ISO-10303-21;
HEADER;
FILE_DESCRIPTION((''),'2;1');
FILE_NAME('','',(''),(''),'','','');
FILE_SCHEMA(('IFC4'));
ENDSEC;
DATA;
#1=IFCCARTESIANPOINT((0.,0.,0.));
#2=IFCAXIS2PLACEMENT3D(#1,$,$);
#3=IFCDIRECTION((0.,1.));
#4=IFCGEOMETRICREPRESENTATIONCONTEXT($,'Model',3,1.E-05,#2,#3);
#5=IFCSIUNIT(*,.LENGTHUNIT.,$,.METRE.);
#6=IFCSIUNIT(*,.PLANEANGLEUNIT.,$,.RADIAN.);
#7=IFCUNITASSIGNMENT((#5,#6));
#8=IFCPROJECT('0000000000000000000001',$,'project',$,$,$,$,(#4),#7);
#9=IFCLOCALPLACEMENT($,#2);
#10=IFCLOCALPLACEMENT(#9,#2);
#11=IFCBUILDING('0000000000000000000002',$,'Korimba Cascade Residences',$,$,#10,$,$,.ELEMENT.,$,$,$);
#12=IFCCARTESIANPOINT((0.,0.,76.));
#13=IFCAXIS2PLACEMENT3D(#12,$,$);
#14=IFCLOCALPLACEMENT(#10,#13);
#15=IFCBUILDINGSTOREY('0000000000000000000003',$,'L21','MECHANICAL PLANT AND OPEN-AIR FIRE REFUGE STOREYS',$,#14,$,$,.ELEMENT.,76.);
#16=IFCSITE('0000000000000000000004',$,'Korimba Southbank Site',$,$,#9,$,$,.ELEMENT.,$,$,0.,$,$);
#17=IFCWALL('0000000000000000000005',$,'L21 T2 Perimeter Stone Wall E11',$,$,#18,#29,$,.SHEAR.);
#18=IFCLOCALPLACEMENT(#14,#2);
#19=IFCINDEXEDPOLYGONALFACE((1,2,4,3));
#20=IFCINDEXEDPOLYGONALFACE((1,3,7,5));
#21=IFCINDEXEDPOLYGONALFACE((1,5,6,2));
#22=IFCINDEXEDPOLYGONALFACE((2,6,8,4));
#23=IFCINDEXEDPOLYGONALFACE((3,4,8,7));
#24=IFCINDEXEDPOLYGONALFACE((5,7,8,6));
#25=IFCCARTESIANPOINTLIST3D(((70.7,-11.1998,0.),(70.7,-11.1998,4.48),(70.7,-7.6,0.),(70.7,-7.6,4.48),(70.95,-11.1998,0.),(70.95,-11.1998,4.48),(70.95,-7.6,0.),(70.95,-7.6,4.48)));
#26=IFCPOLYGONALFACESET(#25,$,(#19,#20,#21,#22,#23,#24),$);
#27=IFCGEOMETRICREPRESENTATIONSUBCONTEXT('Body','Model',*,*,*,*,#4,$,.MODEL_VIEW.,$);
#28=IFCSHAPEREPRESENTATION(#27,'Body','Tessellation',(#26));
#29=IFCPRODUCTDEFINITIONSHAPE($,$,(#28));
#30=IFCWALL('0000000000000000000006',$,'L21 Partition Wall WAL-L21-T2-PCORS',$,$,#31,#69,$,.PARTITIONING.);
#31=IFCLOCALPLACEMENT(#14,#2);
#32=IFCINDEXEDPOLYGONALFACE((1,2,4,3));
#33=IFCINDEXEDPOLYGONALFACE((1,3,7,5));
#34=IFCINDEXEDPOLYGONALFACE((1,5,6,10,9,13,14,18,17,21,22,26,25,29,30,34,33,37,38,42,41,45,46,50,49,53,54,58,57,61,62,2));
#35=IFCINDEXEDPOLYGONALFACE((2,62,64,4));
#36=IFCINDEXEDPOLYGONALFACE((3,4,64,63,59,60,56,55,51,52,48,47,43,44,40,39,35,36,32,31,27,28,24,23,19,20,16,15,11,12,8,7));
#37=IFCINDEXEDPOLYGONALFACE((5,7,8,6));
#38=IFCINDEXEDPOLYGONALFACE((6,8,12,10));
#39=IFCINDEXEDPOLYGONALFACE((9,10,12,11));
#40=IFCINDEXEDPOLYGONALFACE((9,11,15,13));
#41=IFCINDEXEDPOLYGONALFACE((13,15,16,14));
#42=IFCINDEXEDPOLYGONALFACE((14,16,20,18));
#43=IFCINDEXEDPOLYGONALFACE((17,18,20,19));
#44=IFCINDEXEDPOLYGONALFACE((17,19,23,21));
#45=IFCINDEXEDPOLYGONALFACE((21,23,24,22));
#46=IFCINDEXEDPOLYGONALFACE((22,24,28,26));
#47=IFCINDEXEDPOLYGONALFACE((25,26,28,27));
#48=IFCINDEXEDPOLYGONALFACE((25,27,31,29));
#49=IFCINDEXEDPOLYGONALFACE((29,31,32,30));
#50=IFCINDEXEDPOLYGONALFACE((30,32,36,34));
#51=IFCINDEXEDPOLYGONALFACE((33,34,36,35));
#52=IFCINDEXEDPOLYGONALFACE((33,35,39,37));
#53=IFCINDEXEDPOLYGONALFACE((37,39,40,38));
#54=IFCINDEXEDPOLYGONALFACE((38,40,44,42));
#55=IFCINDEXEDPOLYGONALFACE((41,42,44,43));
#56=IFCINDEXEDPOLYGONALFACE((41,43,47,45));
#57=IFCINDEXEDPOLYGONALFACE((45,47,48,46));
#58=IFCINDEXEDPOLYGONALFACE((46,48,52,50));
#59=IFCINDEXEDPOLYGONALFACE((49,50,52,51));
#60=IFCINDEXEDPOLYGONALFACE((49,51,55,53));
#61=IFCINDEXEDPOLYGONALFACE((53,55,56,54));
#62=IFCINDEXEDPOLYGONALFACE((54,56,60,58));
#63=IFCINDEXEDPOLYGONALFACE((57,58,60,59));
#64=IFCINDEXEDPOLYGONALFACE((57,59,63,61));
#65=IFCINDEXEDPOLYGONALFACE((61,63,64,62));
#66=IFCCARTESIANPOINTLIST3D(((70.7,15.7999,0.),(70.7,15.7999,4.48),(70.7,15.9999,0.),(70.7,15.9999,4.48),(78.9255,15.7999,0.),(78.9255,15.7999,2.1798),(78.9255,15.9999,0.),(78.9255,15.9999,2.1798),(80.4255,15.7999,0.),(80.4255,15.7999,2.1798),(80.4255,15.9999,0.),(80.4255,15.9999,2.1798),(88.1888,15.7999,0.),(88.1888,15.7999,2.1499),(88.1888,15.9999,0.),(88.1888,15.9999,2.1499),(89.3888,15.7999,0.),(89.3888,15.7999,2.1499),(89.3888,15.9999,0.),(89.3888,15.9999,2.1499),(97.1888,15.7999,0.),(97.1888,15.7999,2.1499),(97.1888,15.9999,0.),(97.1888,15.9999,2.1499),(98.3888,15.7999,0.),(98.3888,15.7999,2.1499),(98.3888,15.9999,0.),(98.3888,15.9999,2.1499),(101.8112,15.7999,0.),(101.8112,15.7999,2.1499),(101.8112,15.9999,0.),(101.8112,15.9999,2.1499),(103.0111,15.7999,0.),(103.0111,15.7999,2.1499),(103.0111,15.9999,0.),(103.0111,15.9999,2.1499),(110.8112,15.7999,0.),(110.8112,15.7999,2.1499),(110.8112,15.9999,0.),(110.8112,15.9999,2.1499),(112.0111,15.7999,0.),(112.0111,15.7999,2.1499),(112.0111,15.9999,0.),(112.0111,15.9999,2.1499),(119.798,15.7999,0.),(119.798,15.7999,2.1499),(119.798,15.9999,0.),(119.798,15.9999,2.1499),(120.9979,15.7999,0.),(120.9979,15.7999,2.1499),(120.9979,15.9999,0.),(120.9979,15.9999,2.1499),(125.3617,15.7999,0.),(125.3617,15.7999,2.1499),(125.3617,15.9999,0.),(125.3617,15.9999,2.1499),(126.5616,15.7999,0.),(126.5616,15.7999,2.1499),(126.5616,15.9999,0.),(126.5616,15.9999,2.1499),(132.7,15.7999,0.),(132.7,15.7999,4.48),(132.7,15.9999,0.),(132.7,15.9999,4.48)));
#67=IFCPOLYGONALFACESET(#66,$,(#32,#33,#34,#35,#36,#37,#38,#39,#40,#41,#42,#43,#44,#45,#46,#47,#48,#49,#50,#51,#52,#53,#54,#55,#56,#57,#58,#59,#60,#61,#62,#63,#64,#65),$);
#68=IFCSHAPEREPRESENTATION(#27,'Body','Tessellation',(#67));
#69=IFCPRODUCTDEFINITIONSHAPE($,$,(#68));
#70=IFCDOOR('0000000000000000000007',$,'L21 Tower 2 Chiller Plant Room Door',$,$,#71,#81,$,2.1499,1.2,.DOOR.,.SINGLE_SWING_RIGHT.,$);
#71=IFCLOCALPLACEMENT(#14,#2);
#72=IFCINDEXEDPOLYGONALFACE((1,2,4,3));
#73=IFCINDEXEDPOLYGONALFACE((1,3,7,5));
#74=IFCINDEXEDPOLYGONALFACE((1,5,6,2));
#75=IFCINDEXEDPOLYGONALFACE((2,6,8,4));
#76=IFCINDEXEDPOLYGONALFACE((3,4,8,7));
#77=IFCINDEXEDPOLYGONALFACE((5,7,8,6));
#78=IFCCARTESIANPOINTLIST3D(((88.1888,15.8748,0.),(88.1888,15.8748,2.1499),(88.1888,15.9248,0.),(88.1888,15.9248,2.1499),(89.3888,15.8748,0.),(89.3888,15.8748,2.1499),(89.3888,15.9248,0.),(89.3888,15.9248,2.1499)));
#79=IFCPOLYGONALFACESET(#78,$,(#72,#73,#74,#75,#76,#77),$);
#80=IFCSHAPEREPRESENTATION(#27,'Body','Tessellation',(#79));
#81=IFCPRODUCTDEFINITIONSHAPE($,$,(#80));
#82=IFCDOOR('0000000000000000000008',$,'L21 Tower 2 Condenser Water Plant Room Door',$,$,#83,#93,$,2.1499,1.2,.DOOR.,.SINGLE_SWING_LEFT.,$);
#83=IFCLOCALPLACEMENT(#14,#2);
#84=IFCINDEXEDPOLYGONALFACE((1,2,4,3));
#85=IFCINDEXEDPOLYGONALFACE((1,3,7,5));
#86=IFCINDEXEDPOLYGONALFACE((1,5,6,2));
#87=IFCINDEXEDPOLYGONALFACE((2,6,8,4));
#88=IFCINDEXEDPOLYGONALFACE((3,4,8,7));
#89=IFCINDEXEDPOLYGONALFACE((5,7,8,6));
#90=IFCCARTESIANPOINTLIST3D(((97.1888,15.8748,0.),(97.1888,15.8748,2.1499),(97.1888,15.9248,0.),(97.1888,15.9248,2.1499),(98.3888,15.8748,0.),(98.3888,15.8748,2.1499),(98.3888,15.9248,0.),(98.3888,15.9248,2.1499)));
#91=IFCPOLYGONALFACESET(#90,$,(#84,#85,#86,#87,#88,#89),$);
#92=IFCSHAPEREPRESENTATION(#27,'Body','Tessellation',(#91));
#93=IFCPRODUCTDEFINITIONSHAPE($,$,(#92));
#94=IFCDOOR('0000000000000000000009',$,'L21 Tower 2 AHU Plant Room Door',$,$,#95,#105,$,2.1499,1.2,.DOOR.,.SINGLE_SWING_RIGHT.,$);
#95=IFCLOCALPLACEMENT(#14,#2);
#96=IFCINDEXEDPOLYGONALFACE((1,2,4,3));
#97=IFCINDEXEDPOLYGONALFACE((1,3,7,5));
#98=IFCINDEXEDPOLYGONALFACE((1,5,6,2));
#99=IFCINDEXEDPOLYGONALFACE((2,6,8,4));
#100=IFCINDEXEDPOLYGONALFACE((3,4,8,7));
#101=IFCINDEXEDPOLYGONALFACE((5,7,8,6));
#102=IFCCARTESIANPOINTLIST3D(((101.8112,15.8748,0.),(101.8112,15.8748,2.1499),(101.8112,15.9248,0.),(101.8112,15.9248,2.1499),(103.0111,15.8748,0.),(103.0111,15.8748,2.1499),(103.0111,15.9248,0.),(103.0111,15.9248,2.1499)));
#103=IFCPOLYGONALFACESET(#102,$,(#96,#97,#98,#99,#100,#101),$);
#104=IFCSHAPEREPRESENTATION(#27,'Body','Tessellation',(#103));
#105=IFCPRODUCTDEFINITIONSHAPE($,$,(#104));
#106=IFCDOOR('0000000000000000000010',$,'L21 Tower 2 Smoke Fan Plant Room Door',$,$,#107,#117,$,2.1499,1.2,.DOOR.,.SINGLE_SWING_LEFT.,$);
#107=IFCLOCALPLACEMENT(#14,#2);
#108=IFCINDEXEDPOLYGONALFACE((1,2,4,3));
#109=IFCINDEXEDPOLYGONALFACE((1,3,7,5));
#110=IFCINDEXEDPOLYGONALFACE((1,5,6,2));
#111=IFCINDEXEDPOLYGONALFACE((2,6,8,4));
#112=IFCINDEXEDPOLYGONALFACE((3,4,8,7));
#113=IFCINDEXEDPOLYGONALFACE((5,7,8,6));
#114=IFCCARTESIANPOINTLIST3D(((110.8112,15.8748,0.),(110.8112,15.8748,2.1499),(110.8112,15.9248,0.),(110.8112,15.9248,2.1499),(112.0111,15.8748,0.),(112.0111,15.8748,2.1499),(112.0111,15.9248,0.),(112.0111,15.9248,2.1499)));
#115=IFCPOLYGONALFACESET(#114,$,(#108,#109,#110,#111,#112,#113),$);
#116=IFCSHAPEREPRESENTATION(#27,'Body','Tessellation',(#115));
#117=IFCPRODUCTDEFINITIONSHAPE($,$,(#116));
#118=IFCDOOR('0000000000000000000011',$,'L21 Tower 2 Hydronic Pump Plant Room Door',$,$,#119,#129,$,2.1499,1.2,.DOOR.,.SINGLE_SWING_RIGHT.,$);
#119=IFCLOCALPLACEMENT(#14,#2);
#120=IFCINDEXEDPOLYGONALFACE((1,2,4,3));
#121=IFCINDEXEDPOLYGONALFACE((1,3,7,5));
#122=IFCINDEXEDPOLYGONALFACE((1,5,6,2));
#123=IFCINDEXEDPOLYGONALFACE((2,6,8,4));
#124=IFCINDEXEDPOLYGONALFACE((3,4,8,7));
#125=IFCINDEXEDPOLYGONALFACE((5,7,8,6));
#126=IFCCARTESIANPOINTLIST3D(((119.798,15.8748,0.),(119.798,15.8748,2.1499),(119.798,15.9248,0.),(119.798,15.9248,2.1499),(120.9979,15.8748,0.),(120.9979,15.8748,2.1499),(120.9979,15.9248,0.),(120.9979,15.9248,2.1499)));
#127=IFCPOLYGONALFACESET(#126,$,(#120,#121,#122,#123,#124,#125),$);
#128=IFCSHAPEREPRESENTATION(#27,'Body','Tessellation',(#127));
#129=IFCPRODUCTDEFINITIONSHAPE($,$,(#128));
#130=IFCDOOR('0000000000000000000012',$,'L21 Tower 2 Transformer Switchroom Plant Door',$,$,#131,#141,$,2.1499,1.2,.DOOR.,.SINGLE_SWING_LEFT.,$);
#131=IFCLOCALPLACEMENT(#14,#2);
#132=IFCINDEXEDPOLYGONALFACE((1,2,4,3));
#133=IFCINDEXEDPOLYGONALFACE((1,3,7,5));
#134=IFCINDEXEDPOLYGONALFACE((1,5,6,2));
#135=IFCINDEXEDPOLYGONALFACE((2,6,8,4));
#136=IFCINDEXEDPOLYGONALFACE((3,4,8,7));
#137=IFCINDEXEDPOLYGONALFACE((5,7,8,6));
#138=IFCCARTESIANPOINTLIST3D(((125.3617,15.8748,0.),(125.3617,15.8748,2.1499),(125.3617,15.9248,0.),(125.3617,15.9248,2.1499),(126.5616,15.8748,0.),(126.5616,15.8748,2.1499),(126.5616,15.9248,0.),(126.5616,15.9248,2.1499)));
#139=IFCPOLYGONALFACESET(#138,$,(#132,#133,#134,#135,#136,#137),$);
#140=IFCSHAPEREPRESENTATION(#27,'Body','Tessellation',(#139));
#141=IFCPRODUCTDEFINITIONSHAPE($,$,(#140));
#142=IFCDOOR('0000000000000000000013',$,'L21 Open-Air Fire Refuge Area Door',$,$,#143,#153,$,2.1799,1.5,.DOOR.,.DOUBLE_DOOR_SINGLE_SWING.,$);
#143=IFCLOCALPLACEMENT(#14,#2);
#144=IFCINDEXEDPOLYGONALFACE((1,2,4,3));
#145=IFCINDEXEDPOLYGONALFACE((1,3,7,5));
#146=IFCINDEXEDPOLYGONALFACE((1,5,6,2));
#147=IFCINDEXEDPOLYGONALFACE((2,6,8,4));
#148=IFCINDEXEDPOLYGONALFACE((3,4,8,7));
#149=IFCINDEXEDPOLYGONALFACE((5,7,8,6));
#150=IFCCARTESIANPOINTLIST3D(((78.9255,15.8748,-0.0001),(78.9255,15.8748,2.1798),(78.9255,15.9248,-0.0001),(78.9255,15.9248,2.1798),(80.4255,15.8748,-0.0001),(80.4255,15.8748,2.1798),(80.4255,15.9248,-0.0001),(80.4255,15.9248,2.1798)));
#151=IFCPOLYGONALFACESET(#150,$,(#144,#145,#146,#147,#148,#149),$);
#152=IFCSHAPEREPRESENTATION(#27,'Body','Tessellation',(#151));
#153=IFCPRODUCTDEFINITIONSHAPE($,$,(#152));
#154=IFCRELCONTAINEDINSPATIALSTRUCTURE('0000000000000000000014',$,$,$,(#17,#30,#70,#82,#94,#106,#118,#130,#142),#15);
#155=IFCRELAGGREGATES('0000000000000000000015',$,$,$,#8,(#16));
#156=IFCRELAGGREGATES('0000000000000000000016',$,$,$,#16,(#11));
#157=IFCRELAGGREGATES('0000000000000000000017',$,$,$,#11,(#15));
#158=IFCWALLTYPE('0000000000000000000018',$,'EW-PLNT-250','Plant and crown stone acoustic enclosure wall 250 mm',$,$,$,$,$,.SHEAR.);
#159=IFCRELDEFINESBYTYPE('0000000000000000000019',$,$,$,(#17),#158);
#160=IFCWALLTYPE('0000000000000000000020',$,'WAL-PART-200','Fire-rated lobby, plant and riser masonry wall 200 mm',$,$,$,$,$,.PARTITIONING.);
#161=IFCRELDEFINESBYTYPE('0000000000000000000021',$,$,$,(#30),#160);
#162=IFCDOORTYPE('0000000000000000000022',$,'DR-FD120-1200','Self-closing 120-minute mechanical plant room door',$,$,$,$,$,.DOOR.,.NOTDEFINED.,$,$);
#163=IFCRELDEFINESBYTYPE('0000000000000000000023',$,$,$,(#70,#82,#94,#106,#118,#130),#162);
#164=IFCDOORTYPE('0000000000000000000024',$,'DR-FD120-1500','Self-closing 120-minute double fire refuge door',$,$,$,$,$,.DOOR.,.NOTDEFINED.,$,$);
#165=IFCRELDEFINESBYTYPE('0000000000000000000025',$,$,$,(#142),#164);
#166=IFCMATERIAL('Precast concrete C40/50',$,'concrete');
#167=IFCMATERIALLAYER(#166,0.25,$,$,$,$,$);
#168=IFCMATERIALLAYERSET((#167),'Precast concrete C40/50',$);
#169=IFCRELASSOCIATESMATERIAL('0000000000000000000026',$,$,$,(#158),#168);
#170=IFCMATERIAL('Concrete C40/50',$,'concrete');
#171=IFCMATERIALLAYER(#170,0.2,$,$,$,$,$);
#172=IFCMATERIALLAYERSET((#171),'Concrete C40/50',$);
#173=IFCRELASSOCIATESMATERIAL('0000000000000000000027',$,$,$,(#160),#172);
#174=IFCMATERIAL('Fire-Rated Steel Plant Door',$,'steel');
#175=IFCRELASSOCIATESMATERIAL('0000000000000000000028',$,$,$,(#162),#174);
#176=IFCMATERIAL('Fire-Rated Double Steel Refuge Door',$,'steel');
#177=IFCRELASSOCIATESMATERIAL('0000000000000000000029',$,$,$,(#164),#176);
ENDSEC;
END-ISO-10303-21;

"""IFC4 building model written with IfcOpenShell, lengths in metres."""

from ifc_helpers import new_model, si_unit, direction, frame, frame_2d, origin, place, context, subcontext, project, spatial, rectangle, extrude, material, layer, layer_set, type_object, element, fill, save


model = new_model("IFC4")

# Units and contexts
model_context = context("Model", 3, precision=1e-05, world=origin(), true_north=direction((0.0, 1.0)))
body_context = subcontext(model_context, "Body", "Model", "MODEL_VIEW")
ifc_project = project(units=[si_unit("LENGTHUNIT", "METRE"), si_unit("PLANEANGLEUNIT", "RADIAN")], contexts=[model_context])

# Site, building, storey
site_placement = place(None, origin())
site = spatial("IfcSite", under=ifc_project, at=site_placement, Name="Korimba Southbank Site", CompositionType="ELEMENT", RefElevation=0.0)
building_placement = place(site_placement, origin())
building = spatial("IfcBuilding", under=site, at=building_placement, Name="Korimba Cascade Residences", CompositionType="ELEMENT")
storey_placement = place(building_placement, frame((0.0, 0.0, 76.0)))
storey = spatial("IfcBuildingStorey", under=building, at=storey_placement, Name="L21", Description="MECHANICAL PLANT AND OPEN-AIR FIRE REFUGE STOREYS", CompositionType="ELEMENT", Elevation=76.0)

# Wall
ifc_material_1 = material(Name="Precast concrete C40/50", Category="concrete")
ifc_layer_1 = layer(ifc_material_1, 0.25)
ifc_layer_set_1 = layer_set([ifc_layer_1], Name="Precast concrete C40/50")
wall_type_1 = type_object("IfcWallType", Name="EW-PLNT-250", Description="Plant and crown stone acoustic enclosure wall 250 mm", PredefinedType="SHEAR", material=ifc_layer_set_1)
for number, where, z_axis, x_axis, name in (
    (1, (70.825, -7.6001, 0.0), (0.0, 0.0, 1.0), (0.0, -1.0, 0.0), "L21 T2 Perimeter Stone Wall E11"),
):
    element("IfcWall", number, at=place(storey_placement, frame(where, z_axis=z_axis, x_axis=x_axis)), inside=storey, type_object=wall_type_1, Name=name, PredefinedType="SHEAR", context=body_context, shape_type="SweptSolid", body=[
        extrude(rectangle(XDim=3.5999, YDim=0.25, at=frame_2d((1.7998, 0.0))), origin(), (0.0, 0.0, 1.0), 4.48),
    ])

# Wall, openings, doors
ifc_material_2 = material(Name="Concrete C40/50", Category="concrete")
ifc_layer_2 = layer(ifc_material_2, 0.2)
ifc_layer_set_2 = layer_set([ifc_layer_2], Name="Concrete C40/50")
wall_type_2 = type_object("IfcWallType", Name="WAL-PART-200", Description="Fire-rated lobby, plant and riser masonry wall 200 mm", PredefinedType="PARTITIONING", material=ifc_layer_set_2)
wall_1_placement = place(storey_placement, frame((70.7, 15.8999, 0.0), z_axis=(0.0, 0.0, 1.0), x_axis=(1.0, 0.0, 0.0)))
wall_1 = element("IfcWall", 2, at=wall_1_placement, inside=storey, type_object=wall_type_2, Name="L21 Partition Wall WAL-L21-T2-PCORS", PredefinedType="PARTITIONING", context=body_context, shape_type="SweptSolid", body=[
    extrude(rectangle(XDim=62.0, YDim=0.2, at=frame_2d((31.0, 0.0))), origin(), (0.0, 0.0, 1.0), 4.48),
])
opening_1_placement = place(wall_1_placement, frame((8.2256, 0.0, 0.0)))
opening_1 = element("IfcOpeningElement", 3, at=opening_1_placement, cuts=wall_1, PredefinedType="OPENING", context=body_context, shape_type="SweptSolid", body=[
    extrude(rectangle(XDim=1.5, YDim=2.1799, at=frame_2d((0.75, 1.0898))), frame((0.0, 0.1099, 0.0), z_axis=(0.0, -1.0, 0.0), x_axis=(1.0, 0.0, 0.0)), (0.0, 0.0, 1.0), 0.22),
])
opening_2_placement = place(wall_1_placement, frame((17.4888, 0.0, 0.0)))
opening_2 = element("IfcOpeningElement", 4, at=opening_2_placement, cuts=wall_1, PredefinedType="OPENING", context=body_context, shape_type="SweptSolid", body=[
    extrude(rectangle(XDim=1.2, YDim=2.1499, at=frame_2d((0.6001, 1.075))), frame((0.0, 0.1099, 0.0), z_axis=(0.0, -1.0, 0.0), x_axis=(1.0, 0.0, 0.0)), (0.0, 0.0, 1.0), 0.22),
])
opening_3_placement = place(wall_1_placement, frame((26.4888, 0.0, 0.0)))
opening_3 = element("IfcOpeningElement", 5, at=opening_3_placement, cuts=wall_1, PredefinedType="OPENING", context=body_context, shape_type="SweptSolid", body=[
    extrude(rectangle(XDim=1.2, YDim=2.1499, at=frame_2d((0.6001, 1.075))), frame((0.0, 0.1099, 0.0), z_axis=(0.0, -1.0, 0.0), x_axis=(1.0, 0.0, 0.0)), (0.0, 0.0, 1.0), 0.22),
])
opening_4_placement = place(wall_1_placement, frame((31.1111, 0.0, 0.0)))
opening_4 = element("IfcOpeningElement", 6, at=opening_4_placement, cuts=wall_1, PredefinedType="OPENING", context=body_context, shape_type="SweptSolid", body=[
    extrude(rectangle(XDim=1.2, YDim=2.1499, at=frame_2d((0.6001, 1.075))), frame((0.0, 0.1099, 0.0), z_axis=(0.0, -1.0, 0.0), x_axis=(1.0, 0.0, 0.0)), (0.0, 0.0, 1.0), 0.22),
])
opening_5_placement = place(wall_1_placement, frame((40.1111, 0.0, 0.0)))
opening_5 = element("IfcOpeningElement", 7, at=opening_5_placement, cuts=wall_1, PredefinedType="OPENING", context=body_context, shape_type="SweptSolid", body=[
    extrude(rectangle(XDim=1.2, YDim=2.1499, at=frame_2d((0.6001, 1.075))), frame((0.0, 0.1099, 0.0), z_axis=(0.0, -1.0, 0.0), x_axis=(1.0, 0.0, 0.0)), (0.0, 0.0, 1.0), 0.22),
])
opening_6_placement = place(wall_1_placement, frame((49.0979, 0.0, 0.0)))
opening_6 = element("IfcOpeningElement", 8, at=opening_6_placement, cuts=wall_1, PredefinedType="OPENING", context=body_context, shape_type="SweptSolid", body=[
    extrude(rectangle(XDim=1.2, YDim=2.1499, at=frame_2d((0.6001, 1.075))), frame((0.0, 0.1099, 0.0), z_axis=(0.0, -1.0, 0.0), x_axis=(1.0, 0.0, 0.0)), (0.0, 0.0, 1.0), 0.22),
])
opening_7_placement = place(wall_1_placement, frame((54.6616, 0.0, 0.0)))
opening_7 = element("IfcOpeningElement", 9, at=opening_7_placement, cuts=wall_1, PredefinedType="OPENING", context=body_context, shape_type="SweptSolid", body=[
    extrude(rectangle(XDim=1.2, YDim=2.1499, at=frame_2d((0.6001, 1.075))), frame((0.0, 0.1099, 0.0), z_axis=(0.0, -1.0, 0.0), x_axis=(1.0, 0.0, 0.0)), (0.0, 0.0, 1.0), 0.22),
])
ifc_material_3 = material(Name="Fire-Rated Steel Plant Door", Category="steel")
door_type_1 = type_object("IfcDoorType", Name="DR-FD120-1200", Description="Self-closing 120-minute mechanical plant room door", OperationType="NOTDEFINED", PredefinedType="DOOR", material=ifc_material_3)
door_1_placement = place(opening_2_placement, origin())
door_1 = element("IfcDoor", 10, at=door_1_placement, inside=storey, type_object=door_type_1, Name="L21 Tower 2 Chiller Plant Room Door", OperationType="SINGLE_SWING_RIGHT", OverallHeight=2.1499, OverallWidth=1.2, PredefinedType="DOOR", context=body_context, shape_type="SweptSolid", body=[
    extrude(rectangle(XDim=1.2, YDim=2.1499, at=frame_2d((0.6001, 1.075))), frame((0.0, 0.0249, 0.0), z_axis=(0.0, -1.0, 0.0), x_axis=(1.0, 0.0, 0.0)), (0.0, 0.0, 1.0), 0.05),
])
fill(opening_2, door_1)
door_2_placement = place(opening_3_placement, origin())
door_2 = element("IfcDoor", 11, at=door_2_placement, inside=storey, type_object=door_type_1, Name="L21 Tower 2 Condenser Water Plant Room Door", OperationType="SINGLE_SWING_LEFT", OverallHeight=2.1499, OverallWidth=1.2, PredefinedType="DOOR", context=body_context, shape_type="SweptSolid", body=[
    extrude(rectangle(XDim=1.2, YDim=2.1499, at=frame_2d((0.6001, 1.075))), frame((0.0, 0.0249, 0.0), z_axis=(0.0, -1.0, 0.0), x_axis=(1.0, 0.0, 0.0)), (0.0, 0.0, 1.0), 0.05),
])
fill(opening_3, door_2)
door_3_placement = place(opening_4_placement, origin())
door_3 = element("IfcDoor", 12, at=door_3_placement, inside=storey, type_object=door_type_1, Name="L21 Tower 2 AHU Plant Room Door", OperationType="SINGLE_SWING_RIGHT", OverallHeight=2.1499, OverallWidth=1.2, PredefinedType="DOOR", context=body_context, shape_type="SweptSolid", body=[
    extrude(rectangle(XDim=1.2, YDim=2.1499, at=frame_2d((0.6001, 1.075))), frame((0.0, 0.0249, 0.0), z_axis=(0.0, -1.0, 0.0), x_axis=(1.0, 0.0, 0.0)), (0.0, 0.0, 1.0), 0.05),
])
fill(opening_4, door_3)
door_4_placement = place(opening_5_placement, origin())
door_4 = element("IfcDoor", 13, at=door_4_placement, inside=storey, type_object=door_type_1, Name="L21 Tower 2 Smoke Fan Plant Room Door", OperationType="SINGLE_SWING_LEFT", OverallHeight=2.1499, OverallWidth=1.2, PredefinedType="DOOR", context=body_context, shape_type="SweptSolid", body=[
    extrude(rectangle(XDim=1.2, YDim=2.1499, at=frame_2d((0.6001, 1.075))), frame((0.0, 0.0249, 0.0), z_axis=(0.0, -1.0, 0.0), x_axis=(1.0, 0.0, 0.0)), (0.0, 0.0, 1.0), 0.05),
])
fill(opening_5, door_4)
door_5_placement = place(opening_6_placement, origin())
door_5 = element("IfcDoor", 14, at=door_5_placement, inside=storey, type_object=door_type_1, Name="L21 Tower 2 Hydronic Pump Plant Room Door", OperationType="SINGLE_SWING_RIGHT", OverallHeight=2.1499, OverallWidth=1.2, PredefinedType="DOOR", context=body_context, shape_type="SweptSolid", body=[
    extrude(rectangle(XDim=1.2, YDim=2.1499, at=frame_2d((0.6001, 1.075))), frame((0.0, 0.0249, 0.0), z_axis=(0.0, -1.0, 0.0), x_axis=(1.0, 0.0, 0.0)), (0.0, 0.0, 1.0), 0.05),
])
fill(opening_6, door_5)
door_6_placement = place(opening_7_placement, origin())
door_6 = element("IfcDoor", 15, at=door_6_placement, inside=storey, type_object=door_type_1, Name="L21 Tower 2 Transformer Switchroom Plant Door", OperationType="SINGLE_SWING_LEFT", OverallHeight=2.1499, OverallWidth=1.2, PredefinedType="DOOR", context=body_context, shape_type="SweptSolid", body=[
    extrude(rectangle(XDim=1.2, YDim=2.1499, at=frame_2d((0.6001, 1.075))), frame((0.0, 0.0249, 0.0), z_axis=(0.0, -1.0, 0.0), x_axis=(1.0, 0.0, 0.0)), (0.0, 0.0, 1.0), 0.05),
])
fill(opening_7, door_6)
ifc_material_4 = material(Name="Fire-Rated Double Steel Refuge Door", Category="steel")
door_type_2 = type_object("IfcDoorType", Name="DR-FD120-1500", Description="Self-closing 120-minute double fire refuge door", OperationType="NOTDEFINED", PredefinedType="DOOR", material=ifc_material_4)
door_7_placement = place(opening_1_placement, origin())
door_7 = element("IfcDoor", 16, at=door_7_placement, inside=storey, type_object=door_type_2, Name="L21 Open-Air Fire Refuge Area Door", OperationType="DOUBLE_DOOR_SINGLE_SWING", OverallHeight=2.1799, OverallWidth=1.5, PredefinedType="DOOR", context=body_context, shape_type="SweptSolid", body=[
    extrude(rectangle(XDim=1.5, YDim=2.1799, at=frame_2d((0.75, 1.0898))), frame((0.0, 0.0249, 0.0), z_axis=(0.0, -1.0, 0.0), x_axis=(1.0, 0.0, 0.0)), (0.0, 0.0, 1.0), 0.05),
])
fill(opening_1, door_7)

save(model, "model.ifc")
